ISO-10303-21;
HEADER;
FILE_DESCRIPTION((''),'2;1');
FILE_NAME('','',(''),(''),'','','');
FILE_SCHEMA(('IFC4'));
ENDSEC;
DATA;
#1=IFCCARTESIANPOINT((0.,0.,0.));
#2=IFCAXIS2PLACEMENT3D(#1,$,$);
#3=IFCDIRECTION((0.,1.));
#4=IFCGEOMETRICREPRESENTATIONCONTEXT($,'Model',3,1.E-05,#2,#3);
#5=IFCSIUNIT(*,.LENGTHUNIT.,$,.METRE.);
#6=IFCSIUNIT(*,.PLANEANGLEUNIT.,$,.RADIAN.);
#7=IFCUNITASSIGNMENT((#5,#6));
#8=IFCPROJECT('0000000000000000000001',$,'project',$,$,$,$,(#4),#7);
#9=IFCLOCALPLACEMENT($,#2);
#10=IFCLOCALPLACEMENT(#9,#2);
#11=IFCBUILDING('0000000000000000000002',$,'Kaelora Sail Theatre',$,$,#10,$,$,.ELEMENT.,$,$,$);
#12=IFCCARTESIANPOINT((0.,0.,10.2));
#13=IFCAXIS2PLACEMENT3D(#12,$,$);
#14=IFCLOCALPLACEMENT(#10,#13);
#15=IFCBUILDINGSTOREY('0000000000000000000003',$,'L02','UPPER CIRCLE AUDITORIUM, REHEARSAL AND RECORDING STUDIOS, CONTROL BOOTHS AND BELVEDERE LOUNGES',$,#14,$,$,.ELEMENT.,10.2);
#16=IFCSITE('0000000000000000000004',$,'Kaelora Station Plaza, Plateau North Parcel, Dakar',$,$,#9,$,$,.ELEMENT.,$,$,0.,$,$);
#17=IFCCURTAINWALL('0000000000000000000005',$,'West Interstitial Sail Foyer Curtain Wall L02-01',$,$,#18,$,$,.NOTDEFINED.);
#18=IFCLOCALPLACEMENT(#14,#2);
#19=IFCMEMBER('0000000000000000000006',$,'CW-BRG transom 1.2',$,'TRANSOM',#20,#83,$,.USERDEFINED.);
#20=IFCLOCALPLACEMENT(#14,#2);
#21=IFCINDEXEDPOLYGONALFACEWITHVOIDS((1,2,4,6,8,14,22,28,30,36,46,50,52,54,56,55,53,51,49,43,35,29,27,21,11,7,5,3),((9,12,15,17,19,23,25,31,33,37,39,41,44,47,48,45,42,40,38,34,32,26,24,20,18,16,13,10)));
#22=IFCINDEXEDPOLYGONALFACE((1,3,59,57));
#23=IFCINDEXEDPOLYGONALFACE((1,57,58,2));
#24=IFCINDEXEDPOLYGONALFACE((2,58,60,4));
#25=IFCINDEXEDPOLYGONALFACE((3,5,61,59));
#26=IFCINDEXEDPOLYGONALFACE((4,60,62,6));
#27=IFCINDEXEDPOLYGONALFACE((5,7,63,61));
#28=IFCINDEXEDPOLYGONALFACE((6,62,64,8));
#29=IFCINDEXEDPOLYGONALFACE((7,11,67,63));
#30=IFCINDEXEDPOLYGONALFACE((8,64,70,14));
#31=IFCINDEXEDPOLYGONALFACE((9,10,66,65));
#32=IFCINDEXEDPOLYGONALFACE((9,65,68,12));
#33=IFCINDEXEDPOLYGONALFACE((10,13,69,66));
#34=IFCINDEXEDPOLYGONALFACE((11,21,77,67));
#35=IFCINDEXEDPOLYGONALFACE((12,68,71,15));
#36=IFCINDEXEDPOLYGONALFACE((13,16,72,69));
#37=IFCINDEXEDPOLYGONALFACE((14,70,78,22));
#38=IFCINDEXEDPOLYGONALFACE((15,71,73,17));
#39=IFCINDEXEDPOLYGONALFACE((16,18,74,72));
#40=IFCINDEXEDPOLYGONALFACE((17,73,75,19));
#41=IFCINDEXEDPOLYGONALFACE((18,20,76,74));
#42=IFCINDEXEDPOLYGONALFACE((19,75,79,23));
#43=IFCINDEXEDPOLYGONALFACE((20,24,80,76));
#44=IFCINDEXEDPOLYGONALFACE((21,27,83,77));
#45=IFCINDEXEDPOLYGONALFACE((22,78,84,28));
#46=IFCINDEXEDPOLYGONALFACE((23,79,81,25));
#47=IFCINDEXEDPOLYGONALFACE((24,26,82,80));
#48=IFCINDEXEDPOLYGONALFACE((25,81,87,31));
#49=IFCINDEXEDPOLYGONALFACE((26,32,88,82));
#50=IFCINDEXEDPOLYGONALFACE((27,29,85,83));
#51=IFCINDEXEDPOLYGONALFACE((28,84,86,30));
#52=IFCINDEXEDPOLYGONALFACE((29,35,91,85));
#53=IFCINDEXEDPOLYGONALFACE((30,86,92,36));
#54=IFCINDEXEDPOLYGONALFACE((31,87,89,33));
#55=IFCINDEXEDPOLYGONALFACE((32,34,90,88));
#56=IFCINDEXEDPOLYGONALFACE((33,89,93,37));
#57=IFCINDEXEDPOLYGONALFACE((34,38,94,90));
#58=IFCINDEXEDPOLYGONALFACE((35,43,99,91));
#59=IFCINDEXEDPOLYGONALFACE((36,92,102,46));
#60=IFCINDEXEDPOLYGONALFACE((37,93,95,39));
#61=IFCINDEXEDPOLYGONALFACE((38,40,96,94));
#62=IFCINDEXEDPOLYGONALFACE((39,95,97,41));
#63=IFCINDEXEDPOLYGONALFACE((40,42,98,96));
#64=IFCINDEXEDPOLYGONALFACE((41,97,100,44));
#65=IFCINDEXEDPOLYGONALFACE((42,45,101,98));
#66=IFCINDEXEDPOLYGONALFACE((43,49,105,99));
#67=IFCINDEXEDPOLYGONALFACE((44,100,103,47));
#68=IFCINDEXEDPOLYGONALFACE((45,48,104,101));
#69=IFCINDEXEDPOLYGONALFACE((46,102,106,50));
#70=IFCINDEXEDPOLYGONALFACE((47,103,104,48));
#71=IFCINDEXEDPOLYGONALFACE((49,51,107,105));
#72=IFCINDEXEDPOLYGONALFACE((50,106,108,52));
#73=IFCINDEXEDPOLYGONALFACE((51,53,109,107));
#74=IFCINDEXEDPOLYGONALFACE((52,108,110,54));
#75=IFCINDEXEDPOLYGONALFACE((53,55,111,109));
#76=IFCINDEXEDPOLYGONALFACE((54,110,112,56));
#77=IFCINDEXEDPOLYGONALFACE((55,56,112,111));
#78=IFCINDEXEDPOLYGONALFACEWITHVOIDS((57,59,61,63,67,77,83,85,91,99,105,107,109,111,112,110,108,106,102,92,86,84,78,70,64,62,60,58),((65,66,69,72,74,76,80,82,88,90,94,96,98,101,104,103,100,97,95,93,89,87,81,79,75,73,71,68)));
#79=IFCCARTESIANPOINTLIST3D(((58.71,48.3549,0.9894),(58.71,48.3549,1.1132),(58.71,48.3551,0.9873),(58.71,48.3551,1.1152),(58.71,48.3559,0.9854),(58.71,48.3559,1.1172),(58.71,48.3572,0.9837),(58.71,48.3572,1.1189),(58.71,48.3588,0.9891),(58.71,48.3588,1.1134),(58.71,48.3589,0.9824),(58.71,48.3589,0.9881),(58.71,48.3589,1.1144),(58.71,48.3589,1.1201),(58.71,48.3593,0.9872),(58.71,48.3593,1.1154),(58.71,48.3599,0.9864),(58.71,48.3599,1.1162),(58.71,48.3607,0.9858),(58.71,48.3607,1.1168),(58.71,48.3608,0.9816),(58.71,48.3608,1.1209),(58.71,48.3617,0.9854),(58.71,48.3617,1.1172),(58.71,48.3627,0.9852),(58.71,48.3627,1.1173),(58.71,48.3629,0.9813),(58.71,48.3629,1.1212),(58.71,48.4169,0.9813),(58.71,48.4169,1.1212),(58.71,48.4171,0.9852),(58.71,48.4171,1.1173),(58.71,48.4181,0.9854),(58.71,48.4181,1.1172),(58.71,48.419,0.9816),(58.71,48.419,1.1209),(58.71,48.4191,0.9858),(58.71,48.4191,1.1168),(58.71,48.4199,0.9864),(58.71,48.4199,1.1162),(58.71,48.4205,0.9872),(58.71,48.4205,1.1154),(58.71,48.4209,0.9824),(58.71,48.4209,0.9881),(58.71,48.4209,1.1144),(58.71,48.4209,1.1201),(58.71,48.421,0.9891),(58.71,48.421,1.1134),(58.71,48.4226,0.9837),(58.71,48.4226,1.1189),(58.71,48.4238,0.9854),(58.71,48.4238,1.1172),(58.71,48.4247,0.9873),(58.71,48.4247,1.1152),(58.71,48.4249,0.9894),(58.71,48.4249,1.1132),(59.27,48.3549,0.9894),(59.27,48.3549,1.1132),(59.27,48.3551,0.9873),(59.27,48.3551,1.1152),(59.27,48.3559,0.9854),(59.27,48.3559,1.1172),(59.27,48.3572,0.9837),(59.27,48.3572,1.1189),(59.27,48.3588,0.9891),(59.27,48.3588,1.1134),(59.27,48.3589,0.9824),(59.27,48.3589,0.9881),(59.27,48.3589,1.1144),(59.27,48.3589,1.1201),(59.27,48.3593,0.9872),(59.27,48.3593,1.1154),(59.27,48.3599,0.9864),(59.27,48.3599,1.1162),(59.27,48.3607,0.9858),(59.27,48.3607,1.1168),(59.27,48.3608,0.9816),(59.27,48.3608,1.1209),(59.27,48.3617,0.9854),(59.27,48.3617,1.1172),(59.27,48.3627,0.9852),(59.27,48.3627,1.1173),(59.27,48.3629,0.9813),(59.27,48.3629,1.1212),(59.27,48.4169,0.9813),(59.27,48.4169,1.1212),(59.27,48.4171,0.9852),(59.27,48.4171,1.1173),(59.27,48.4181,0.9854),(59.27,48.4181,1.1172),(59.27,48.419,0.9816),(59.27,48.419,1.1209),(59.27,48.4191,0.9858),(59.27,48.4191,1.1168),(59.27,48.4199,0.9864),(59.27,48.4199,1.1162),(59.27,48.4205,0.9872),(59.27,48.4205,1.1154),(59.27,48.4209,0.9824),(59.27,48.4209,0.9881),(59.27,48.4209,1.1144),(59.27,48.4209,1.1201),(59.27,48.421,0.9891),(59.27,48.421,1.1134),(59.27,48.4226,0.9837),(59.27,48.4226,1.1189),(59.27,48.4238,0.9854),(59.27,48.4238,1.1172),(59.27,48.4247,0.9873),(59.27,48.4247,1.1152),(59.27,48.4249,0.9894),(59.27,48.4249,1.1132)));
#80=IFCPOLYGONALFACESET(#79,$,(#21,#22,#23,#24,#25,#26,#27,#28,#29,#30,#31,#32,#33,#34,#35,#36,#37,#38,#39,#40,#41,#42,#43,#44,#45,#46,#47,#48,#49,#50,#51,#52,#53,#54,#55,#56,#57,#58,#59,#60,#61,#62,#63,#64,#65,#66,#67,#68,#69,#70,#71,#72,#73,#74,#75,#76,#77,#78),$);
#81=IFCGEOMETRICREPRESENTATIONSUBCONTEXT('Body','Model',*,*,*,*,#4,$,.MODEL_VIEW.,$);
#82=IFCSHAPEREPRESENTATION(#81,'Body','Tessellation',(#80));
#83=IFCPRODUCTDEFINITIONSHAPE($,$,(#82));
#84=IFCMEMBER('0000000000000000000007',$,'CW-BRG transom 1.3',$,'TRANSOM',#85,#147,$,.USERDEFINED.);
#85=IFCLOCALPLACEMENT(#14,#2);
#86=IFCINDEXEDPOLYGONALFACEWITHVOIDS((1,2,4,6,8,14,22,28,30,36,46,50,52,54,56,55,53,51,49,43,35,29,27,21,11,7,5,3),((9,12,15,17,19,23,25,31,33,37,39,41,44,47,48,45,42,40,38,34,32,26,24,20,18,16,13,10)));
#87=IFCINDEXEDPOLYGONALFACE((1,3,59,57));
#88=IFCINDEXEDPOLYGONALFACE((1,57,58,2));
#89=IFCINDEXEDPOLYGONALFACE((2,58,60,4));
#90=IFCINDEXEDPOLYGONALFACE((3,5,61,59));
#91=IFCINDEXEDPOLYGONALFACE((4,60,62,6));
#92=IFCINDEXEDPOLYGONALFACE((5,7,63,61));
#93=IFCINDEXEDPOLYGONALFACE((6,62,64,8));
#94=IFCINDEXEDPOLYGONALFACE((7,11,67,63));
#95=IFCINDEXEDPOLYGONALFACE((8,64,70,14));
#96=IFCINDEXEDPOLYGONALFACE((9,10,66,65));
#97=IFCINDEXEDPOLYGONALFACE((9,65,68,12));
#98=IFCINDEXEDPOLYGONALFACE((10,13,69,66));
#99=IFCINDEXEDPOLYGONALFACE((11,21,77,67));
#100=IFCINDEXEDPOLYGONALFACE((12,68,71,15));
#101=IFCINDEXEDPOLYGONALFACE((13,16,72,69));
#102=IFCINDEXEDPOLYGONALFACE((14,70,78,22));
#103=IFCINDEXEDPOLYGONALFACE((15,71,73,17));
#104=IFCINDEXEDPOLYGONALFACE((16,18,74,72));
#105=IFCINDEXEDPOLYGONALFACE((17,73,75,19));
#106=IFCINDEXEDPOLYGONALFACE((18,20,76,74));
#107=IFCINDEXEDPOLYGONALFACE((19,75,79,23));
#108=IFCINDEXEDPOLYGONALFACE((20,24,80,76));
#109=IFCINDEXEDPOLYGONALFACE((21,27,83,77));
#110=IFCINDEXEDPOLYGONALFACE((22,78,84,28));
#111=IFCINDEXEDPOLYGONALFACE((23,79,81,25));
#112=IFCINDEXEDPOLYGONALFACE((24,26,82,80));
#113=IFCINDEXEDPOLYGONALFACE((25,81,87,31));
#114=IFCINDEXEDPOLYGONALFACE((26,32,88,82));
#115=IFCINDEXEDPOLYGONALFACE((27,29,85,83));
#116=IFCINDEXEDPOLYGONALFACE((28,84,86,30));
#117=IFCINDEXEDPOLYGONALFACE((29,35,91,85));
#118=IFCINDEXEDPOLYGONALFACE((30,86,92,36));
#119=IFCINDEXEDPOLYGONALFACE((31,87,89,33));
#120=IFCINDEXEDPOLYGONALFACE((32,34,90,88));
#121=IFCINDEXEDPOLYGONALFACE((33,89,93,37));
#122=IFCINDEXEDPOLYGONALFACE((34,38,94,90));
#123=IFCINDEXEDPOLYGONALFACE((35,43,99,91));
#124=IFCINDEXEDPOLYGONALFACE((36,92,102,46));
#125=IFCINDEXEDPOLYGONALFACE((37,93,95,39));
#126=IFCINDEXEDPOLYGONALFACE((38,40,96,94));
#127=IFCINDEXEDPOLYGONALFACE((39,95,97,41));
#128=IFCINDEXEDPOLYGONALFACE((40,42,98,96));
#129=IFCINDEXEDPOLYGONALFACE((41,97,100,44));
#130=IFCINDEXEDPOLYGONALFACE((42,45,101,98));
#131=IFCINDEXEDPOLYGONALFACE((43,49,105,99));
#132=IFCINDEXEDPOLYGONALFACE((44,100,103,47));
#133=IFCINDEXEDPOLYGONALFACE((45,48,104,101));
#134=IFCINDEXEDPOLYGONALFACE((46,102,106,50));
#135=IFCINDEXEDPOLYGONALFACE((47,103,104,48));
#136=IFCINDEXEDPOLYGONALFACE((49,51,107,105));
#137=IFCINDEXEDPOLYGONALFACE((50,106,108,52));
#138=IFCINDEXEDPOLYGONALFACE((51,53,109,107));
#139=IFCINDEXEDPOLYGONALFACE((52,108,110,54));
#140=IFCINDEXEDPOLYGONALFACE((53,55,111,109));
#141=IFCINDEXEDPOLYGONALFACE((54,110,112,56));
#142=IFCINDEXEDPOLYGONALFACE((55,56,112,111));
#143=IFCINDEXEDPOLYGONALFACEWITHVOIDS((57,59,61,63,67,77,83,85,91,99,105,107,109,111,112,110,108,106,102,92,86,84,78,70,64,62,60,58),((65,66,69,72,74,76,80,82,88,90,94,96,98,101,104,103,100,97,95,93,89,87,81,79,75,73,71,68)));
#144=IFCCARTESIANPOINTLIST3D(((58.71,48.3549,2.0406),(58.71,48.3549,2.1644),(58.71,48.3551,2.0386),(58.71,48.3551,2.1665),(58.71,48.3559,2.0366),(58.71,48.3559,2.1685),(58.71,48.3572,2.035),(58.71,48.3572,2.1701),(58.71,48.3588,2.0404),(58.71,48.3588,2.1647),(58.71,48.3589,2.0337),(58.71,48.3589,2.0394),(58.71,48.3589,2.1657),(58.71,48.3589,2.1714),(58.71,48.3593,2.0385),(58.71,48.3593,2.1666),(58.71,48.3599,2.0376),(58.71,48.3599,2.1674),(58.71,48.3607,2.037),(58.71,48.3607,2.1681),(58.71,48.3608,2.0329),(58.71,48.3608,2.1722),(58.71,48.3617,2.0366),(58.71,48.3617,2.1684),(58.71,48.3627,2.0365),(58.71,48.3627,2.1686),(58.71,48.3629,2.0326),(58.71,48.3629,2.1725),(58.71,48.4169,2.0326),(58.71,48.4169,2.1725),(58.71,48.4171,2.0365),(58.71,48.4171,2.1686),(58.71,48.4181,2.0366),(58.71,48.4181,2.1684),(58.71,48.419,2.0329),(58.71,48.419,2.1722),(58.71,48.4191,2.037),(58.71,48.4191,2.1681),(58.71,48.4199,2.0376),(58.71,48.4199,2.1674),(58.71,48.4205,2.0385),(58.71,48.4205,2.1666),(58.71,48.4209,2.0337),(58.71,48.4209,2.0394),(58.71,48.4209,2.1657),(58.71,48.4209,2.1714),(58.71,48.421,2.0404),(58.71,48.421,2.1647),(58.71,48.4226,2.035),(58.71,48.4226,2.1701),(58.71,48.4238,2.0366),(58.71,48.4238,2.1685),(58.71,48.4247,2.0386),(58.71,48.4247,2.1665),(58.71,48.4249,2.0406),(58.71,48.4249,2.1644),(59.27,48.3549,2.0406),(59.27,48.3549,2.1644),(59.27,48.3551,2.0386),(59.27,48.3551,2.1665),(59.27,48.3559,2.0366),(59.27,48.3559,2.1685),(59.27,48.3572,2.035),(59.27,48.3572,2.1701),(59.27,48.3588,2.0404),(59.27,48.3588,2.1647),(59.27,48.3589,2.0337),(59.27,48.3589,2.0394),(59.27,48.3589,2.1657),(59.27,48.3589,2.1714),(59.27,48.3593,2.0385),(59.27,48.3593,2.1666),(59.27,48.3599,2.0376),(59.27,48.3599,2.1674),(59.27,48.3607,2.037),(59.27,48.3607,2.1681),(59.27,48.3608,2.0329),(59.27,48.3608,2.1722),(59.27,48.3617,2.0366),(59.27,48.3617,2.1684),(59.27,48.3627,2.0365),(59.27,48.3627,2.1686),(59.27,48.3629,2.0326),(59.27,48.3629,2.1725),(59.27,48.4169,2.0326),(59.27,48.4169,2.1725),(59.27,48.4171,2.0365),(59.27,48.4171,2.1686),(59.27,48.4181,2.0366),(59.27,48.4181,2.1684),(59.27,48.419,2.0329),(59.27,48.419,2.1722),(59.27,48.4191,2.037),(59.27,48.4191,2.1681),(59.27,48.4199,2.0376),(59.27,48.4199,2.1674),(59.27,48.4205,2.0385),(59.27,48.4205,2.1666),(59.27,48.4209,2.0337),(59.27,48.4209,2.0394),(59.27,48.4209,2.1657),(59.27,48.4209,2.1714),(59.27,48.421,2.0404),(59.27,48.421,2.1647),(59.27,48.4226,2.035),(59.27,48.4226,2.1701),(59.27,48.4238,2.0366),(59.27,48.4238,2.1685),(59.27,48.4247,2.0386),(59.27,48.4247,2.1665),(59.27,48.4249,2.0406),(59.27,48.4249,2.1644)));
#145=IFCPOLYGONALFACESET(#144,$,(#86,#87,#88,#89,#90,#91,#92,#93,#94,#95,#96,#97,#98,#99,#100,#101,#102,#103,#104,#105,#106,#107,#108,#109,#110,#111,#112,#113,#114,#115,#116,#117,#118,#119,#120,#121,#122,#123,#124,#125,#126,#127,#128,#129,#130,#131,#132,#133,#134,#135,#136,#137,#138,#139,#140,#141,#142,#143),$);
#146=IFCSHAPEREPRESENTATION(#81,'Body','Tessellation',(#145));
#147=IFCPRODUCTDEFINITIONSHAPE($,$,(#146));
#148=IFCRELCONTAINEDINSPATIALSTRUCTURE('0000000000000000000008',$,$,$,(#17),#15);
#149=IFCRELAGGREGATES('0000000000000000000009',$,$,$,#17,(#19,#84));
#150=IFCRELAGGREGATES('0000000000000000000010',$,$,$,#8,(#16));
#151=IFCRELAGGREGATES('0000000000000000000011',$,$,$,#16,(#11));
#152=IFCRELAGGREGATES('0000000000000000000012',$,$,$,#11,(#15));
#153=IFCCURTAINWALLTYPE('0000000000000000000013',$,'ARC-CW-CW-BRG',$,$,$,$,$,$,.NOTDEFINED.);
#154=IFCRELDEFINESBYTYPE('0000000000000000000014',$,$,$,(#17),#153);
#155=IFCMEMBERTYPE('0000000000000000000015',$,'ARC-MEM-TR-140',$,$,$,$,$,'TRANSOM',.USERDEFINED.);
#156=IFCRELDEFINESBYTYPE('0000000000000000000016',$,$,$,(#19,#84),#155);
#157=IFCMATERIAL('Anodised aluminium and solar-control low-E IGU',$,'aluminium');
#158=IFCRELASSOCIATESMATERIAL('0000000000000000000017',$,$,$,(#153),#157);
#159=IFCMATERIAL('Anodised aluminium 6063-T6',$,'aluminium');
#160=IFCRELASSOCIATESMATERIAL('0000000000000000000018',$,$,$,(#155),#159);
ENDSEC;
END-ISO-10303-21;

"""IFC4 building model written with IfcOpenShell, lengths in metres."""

from ifc_helpers import new_model, si_unit, direction, frame, origin, origin_2d, place, context, subcontext, project, spatial, hollow_rectangle, extrude, material, material_profile, profile_set, type_object, element, aggregate, save


model = new_model("IFC4")

# Units and contexts
model_context = context("Model", 3, precision=1e-05, world=origin(), true_north=direction((0.0, 1.0)))
body_context = subcontext(model_context, "Body", "Model", "MODEL_VIEW")
ifc_project = project(units=[si_unit("LENGTHUNIT", "METRE"), si_unit("PLANEANGLEUNIT", "RADIAN")], contexts=[model_context])

# Site, building, storey
site_placement = place(None, origin())
site = spatial("IfcSite", under=ifc_project, at=site_placement, Name="Kaelora Station Plaza, Plateau North Parcel, Dakar", CompositionType="ELEMENT", RefElevation=0.0)
building_placement = place(site_placement, origin())
building = spatial("IfcBuilding", under=site, at=building_placement, Name="Kaelora Sail Theatre", CompositionType="ELEMENT")
storey_placement = place(building_placement, frame((0.0, 0.0, 10.2)))
storey = spatial("IfcBuildingStorey", under=building, at=storey_placement, Name="L02", Description="UPPER CIRCLE AUDITORIUM, REHEARSAL AND RECORDING STUDIOS, CONTROL BOOTHS AND BELVEDERE LOUNGES", CompositionType="ELEMENT", Elevation=10.2)

# Curtain wall, members
ifc_material_1 = material(Name="Anodised aluminium and solar-control low-E IGU", Category="aluminium")
curtain_wall_type = type_object("IfcCurtainWallType", Name="ARC-CW-CW-BRG", PredefinedType="NOTDEFINED", material=ifc_material_1)
curtain_wall_placement = place(storey_placement, origin())
curtain_wall = element("IfcCurtainWall", 1, at=curtain_wall_placement, inside=storey, type_object=curtain_wall_type, Name="West Interstitial Sail Foyer Curtain Wall L02-01", PredefinedType="NOTDEFINED")
ifc_material_2 = material(Name="Anodised aluminium 6063-T6", Category="aluminium")
ifc_material_profile_1 = material_profile(ifc_material_2, hollow_rectangle(XDim=0.0701, YDim=0.1399, WallThickness=0.0039, InnerFilletRadius=0.0039, OuterFilletRadius=0.0081, at=origin_2d()), Name="ALU-TRAN 70x140x4")
ifc_profile_set_1 = profile_set([ifc_material_profile_1], Name="Anodised aluminium 6063-T6")
member_type_1 = type_object("IfcMemberType", Name="ARC-MEM-TR-140", ElementType="TRANSOM", PredefinedType="USERDEFINED", material=ifc_profile_set_1)
member_1_placement = place(storey_placement, frame((58.71, 48.3899, 1.0513), z_axis=(1.0, 0.0, 0.0), x_axis=(0.0, 1.0, 0.0)))
member_1 = element("IfcMember", 2, at=member_1_placement, type_object=member_type_1, Name="CW-BRG transom 1.2", ObjectType="TRANSOM", PredefinedType="USERDEFINED", context=body_context, shape_type="SweptSolid", body=[
    extrude(hollow_rectangle(XDim=0.0701, YDim=0.1399, WallThickness=0.0039, InnerFilletRadius=0.0039, OuterFilletRadius=0.0081, at=origin_2d()), origin(), (0.0, 0.0, 1.0), 0.5601),
])
member_2_placement = place(storey_placement, frame((58.71, 48.3899, 2.1025), z_axis=(1.0, 0.0, 0.0), x_axis=(0.0, 1.0, 0.0)))
member_2 = element("IfcMember", 3, at=member_2_placement, type_object=member_type_1, Name="CW-BRG transom 1.3", ObjectType="TRANSOM", PredefinedType="USERDEFINED", context=body_context, shape_type="SweptSolid", body=[
    extrude(hollow_rectangle(XDim=0.0701, YDim=0.1399, WallThickness=0.0039, InnerFilletRadius=0.0039, OuterFilletRadius=0.0081, at=origin_2d()), origin(), (0.0, 0.0, 1.0), 0.5601),
])

aggregate(curtain_wall, [member_1, member_2])

save(model, "model.ifc")
